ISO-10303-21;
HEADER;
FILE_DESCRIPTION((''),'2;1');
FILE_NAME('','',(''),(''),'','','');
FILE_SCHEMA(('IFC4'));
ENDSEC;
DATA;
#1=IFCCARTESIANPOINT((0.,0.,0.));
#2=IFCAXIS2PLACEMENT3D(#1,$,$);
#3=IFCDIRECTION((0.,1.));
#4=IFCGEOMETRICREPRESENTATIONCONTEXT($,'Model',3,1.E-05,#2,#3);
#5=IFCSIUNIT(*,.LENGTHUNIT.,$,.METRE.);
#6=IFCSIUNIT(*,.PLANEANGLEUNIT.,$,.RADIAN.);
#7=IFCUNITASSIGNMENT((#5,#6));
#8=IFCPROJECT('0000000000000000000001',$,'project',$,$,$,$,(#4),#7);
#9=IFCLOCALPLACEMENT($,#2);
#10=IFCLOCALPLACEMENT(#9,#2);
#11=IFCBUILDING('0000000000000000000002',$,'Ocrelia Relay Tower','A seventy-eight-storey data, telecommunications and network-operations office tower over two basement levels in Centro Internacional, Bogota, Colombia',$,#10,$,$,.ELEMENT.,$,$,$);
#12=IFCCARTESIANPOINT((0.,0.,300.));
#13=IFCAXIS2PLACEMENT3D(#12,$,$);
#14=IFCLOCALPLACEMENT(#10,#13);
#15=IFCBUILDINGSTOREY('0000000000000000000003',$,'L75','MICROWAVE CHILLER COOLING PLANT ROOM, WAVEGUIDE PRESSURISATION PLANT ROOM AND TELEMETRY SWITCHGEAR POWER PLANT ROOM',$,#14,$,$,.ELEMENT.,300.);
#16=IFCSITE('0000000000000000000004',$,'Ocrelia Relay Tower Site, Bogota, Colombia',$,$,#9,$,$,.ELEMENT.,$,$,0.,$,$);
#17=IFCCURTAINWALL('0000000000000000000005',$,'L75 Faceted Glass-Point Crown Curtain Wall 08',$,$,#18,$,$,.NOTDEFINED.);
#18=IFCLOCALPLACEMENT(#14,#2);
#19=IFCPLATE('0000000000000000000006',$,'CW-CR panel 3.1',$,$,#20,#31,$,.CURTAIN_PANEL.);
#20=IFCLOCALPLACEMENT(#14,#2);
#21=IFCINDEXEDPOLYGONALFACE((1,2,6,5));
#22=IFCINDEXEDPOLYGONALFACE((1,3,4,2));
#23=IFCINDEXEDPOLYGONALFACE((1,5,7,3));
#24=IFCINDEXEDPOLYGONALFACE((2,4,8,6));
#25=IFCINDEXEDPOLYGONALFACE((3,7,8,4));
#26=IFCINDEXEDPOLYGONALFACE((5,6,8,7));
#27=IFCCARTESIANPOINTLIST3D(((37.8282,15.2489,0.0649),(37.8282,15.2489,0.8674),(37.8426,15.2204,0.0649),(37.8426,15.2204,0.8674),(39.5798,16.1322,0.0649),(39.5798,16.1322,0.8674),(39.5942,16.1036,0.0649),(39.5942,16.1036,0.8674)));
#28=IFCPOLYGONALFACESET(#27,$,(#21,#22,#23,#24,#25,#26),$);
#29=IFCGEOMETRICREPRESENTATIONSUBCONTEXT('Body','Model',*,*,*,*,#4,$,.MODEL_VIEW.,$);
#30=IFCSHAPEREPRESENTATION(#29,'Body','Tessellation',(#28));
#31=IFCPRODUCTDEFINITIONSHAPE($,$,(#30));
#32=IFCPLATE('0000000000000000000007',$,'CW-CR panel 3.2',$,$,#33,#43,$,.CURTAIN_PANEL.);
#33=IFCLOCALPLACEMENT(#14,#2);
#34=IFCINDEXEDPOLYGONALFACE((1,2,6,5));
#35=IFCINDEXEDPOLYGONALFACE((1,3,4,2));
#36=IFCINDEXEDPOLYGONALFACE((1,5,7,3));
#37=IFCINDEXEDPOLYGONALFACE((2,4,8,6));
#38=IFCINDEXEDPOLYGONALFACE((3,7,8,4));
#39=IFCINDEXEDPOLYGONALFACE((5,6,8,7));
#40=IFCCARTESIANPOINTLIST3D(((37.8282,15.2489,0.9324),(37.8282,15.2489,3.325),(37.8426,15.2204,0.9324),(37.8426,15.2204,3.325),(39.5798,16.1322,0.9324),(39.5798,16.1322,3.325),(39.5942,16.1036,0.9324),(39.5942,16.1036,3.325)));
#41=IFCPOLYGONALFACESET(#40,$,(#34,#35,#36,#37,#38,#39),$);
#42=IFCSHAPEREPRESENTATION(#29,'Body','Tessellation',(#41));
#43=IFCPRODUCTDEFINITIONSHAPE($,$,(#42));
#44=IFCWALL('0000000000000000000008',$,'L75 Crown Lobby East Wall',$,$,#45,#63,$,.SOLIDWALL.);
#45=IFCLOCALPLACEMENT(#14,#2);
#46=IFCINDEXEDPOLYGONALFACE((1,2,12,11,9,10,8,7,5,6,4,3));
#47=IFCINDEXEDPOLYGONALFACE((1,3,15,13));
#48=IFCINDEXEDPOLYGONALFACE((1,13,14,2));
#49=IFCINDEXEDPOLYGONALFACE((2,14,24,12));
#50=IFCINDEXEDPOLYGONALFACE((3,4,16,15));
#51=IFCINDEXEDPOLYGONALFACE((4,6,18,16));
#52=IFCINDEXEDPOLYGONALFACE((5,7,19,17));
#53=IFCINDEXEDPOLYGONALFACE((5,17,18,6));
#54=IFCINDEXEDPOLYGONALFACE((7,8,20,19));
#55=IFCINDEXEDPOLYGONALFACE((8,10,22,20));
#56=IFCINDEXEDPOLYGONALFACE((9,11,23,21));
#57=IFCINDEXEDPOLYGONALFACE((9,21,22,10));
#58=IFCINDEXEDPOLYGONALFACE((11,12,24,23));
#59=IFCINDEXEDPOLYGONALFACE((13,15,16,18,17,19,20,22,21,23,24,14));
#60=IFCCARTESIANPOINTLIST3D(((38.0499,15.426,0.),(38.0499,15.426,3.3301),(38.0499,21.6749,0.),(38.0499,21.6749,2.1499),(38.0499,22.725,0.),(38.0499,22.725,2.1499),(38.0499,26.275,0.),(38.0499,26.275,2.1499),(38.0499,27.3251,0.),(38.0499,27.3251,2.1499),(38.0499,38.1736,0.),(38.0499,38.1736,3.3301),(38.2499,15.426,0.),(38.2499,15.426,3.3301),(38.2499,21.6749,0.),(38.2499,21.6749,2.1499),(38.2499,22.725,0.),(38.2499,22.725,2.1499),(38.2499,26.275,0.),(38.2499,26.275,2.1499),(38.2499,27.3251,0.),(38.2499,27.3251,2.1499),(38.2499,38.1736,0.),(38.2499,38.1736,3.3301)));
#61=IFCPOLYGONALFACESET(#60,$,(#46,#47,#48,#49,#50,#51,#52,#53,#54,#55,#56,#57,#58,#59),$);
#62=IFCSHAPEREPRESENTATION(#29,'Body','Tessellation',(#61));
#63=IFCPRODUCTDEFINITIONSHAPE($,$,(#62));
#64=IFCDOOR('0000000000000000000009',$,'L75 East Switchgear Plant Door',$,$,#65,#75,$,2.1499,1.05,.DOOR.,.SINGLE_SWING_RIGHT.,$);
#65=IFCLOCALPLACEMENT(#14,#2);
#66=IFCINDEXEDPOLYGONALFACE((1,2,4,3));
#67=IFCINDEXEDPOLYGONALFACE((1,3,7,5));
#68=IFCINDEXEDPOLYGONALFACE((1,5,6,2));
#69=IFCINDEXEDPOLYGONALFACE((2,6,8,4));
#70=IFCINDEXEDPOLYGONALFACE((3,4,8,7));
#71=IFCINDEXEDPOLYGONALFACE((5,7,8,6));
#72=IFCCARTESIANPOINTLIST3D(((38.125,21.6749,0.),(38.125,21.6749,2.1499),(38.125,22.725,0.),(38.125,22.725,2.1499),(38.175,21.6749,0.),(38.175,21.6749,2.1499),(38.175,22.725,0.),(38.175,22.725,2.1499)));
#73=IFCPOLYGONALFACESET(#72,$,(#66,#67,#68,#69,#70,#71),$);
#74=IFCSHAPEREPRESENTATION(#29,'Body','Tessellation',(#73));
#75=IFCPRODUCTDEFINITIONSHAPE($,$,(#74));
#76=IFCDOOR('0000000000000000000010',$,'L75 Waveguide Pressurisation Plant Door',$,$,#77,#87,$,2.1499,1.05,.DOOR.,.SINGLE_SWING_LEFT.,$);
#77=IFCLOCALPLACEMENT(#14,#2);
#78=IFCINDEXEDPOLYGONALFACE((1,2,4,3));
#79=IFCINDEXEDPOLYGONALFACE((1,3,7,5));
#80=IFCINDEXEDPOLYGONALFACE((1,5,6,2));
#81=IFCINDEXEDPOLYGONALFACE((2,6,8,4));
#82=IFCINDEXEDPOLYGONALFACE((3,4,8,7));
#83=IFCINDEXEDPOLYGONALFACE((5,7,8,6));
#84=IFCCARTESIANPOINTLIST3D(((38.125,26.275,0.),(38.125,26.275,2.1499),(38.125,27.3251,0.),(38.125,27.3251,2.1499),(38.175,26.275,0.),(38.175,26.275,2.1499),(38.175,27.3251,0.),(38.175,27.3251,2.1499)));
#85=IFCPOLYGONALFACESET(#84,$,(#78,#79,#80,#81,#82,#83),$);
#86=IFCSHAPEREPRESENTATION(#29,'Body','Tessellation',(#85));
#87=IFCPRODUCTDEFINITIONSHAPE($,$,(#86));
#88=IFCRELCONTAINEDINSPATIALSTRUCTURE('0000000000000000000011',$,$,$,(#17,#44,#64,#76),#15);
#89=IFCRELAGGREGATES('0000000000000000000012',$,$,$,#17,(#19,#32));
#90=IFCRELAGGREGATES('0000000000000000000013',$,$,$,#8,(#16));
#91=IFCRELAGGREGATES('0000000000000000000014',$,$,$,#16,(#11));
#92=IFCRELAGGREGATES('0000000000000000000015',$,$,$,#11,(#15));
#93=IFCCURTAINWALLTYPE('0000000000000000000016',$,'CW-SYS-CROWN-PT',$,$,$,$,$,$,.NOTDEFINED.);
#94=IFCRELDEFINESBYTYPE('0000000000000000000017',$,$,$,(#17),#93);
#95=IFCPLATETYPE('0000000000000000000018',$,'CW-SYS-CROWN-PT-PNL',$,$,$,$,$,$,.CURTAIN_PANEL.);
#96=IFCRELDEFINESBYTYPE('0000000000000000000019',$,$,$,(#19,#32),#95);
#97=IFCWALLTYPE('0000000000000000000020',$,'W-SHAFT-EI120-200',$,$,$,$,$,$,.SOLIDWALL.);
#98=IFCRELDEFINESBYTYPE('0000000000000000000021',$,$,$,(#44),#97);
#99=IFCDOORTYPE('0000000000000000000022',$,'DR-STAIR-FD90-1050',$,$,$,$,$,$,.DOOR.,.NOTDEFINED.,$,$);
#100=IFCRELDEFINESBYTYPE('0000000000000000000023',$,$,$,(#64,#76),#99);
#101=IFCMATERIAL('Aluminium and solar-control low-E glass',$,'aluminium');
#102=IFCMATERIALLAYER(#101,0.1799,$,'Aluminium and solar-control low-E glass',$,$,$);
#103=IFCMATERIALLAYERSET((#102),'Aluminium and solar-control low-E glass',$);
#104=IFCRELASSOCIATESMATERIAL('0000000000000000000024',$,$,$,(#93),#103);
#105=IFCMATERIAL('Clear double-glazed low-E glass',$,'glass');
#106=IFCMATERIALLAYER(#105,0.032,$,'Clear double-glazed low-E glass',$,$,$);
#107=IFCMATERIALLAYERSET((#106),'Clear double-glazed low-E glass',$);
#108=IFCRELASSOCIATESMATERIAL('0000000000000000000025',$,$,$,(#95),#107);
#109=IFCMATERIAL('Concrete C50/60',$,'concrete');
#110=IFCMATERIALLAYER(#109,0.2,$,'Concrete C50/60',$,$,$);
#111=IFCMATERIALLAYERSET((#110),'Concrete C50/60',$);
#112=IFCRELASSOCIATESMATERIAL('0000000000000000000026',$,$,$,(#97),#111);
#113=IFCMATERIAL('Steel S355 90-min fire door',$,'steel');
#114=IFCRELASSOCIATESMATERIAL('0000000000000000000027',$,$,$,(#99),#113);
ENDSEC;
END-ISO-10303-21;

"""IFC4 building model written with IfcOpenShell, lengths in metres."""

from ifc_helpers import new_model, si_unit, direction, frame, frame_2d, origin, origin_2d, place, context, subcontext, project, spatial, rectangle, extrude, material, layer, layer_set, type_object, element, fill, aggregate, save


model = new_model("IFC4")

# Units and contexts
model_context = context("Model", 3, precision=1e-05, world=origin(), true_north=direction((0.0, 1.0)))
body_context = subcontext(model_context, "Body", "Model", "MODEL_VIEW")
ifc_project = project(units=[si_unit("LENGTHUNIT", "METRE"), si_unit("PLANEANGLEUNIT", "RADIAN")], contexts=[model_context])

# Site, building, storey
site_placement = place(None, origin())
site = spatial("IfcSite", under=ifc_project, at=site_placement, Name="Ocrelia Relay Tower Site, Bogota, Colombia", CompositionType="ELEMENT", RefElevation=0.0)
building_placement = place(site_placement, origin())
building = spatial("IfcBuilding", under=site, at=building_placement, Name="Ocrelia Relay Tower", Description="A seventy-eight-storey data, telecommunications and network-operations office tower over two basement levels in Centro Internacional, Bogota, Colombia", CompositionType="ELEMENT")
storey_placement = place(building_placement, frame((0.0, 0.0, 300.0)))
storey = spatial("IfcBuildingStorey", under=building, at=storey_placement, Name="L75", Description="MICROWAVE CHILLER COOLING PLANT ROOM, WAVEGUIDE PRESSURISATION PLANT ROOM AND TELEMETRY SWITCHGEAR POWER PLANT ROOM", CompositionType="ELEMENT", Elevation=300.0)

# Shared definitions
ifc_material_1 = material(Name="Aluminium and solar-control low-E glass", Category="aluminium")
ifc_layer_1 = layer(ifc_material_1, 0.1799, Name="Aluminium and solar-control low-E glass")
ifc_layer_set_1 = layer_set([ifc_layer_1], Name="Aluminium and solar-control low-E glass")
curtain_wall_type = type_object("IfcCurtainWallType", Name="CW-SYS-CROWN-PT", PredefinedType="NOTDEFINED", material=ifc_layer_set_1)

# Curtain wall
curtain_wall_1_placement = place(storey_placement, origin())
curtain_wall_1 = element("IfcCurtainWall", 1, at=curtain_wall_1_placement, inside=storey, type_object=curtain_wall_type, Name="L75 Faceted Glass-Point Crown Curtain Wall 08", PredefinedType="NOTDEFINED")

# Plates
ifc_material_2 = material(Name="Clear double-glazed low-E glass", Category="glass")
ifc_layer_2 = layer(ifc_material_2, 0.032, Name="Clear double-glazed low-E glass")
ifc_layer_set_2 = layer_set([ifc_layer_2], Name="Clear double-glazed low-E glass")
plate_type = type_object("IfcPlateType", Name="CW-SYS-CROWN-PT-PNL", PredefinedType="CURTAIN_PANEL", material=ifc_layer_set_2)
plate_1_placement = place(storey_placement, frame((38.7112, 15.6763, 0.0649), z_axis=(0.0, 0.0, 1.0), x_axis=(0.892911, 0.450232, 0.0)))
plate_1 = element("IfcPlate", 2, at=plate_1_placement, type_object=plate_type, Name="CW-CR panel 3.1", PredefinedType="CURTAIN_PANEL", context=body_context, shape_type="SweptSolid", body=[
    extrude(rectangle(XDim=1.9617, YDim=0.032, at=origin_2d()), origin(), (0.0, 0.0, 1.0), 0.8025),
])
plate_2_placement = place(storey_placement, frame((38.7112, 15.6763, 0.9324), z_axis=(0.0, 0.0, 1.0), x_axis=(0.892911, 0.450232, 0.0)))
plate_2 = element("IfcPlate", 3, at=plate_2_placement, type_object=plate_type, Name="CW-CR panel 3.2", PredefinedType="CURTAIN_PANEL", context=body_context, shape_type="SweptSolid", body=[
    extrude(rectangle(XDim=1.9617, YDim=0.032, at=origin_2d()), origin(), (0.0, 0.0, 1.0), 2.3926),
])
aggregate(curtain_wall_1, [plate_1, plate_2])

# Wall, openings, doors
ifc_material_3 = material(Name="Concrete C50/60", Category="concrete")
ifc_layer_3 = layer(ifc_material_3, 0.2, Name="Concrete C50/60")
ifc_layer_set_3 = layer_set([ifc_layer_3], Name="Concrete C50/60")
wall_type = type_object("IfcWallType", Name="W-SHAFT-EI120-200", PredefinedType="SOLIDWALL", material=ifc_layer_set_3)
wall_placement = place(storey_placement, frame((38.1499, 15.426, 0.0), z_axis=(0.0, 0.0, 1.0), x_axis=(0.0, 1.0, 0.0)))
wall = element("IfcWall", 4, at=wall_placement, inside=storey, type_object=wall_type, Name="L75 Crown Lobby East Wall", PredefinedType="SOLIDWALL", context=body_context, shape_type="SweptSolid", body=[
    extrude(rectangle(XDim=22.7476, YDim=0.2, at=frame_2d((11.3738, 0.0))), origin(), (0.0, 0.0, 1.0), 3.3301),
])
opening_1_placement = place(wall_placement, frame((6.249, 0.0, 0.0)))
opening_1 = element("IfcOpeningElement", 5, at=opening_1_placement, cuts=wall, PredefinedType="OPENING", context=body_context, shape_type="SweptSolid", body=[
    extrude(rectangle(XDim=1.05, YDim=2.1499, at=frame_2d((0.5249, 1.075))), frame((0.0, 0.1099, 0.0), z_axis=(0.0, -1.0, 0.0), x_axis=(1.0, 0.0, 0.0)), (0.0, 0.0, 1.0), 0.22),
])
opening_2_placement = place(wall_placement, frame((10.8491, 0.0, 0.0)))
opening_2 = element("IfcOpeningElement", 6, at=opening_2_placement, cuts=wall, PredefinedType="OPENING", context=body_context, shape_type="SweptSolid", body=[
    extrude(rectangle(XDim=1.05, YDim=2.1499, at=frame_2d((0.5249, 1.075))), frame((0.0, 0.1099, 0.0), z_axis=(0.0, -1.0, 0.0), x_axis=(1.0, 0.0, 0.0)), (0.0, 0.0, 1.0), 0.22),
])
ifc_material_4 = material(Name="Steel S355 90-min fire door", Category="steel")
door_type = type_object("IfcDoorType", Name="DR-STAIR-FD90-1050", OperationType="NOTDEFINED", PredefinedType="DOOR", material=ifc_material_4)
door_1_placement = place(opening_1_placement, origin())
door_1 = element("IfcDoor", 7, at=door_1_placement, inside=storey, type_object=door_type, Name="L75 East Switchgear Plant Door", OperationType="SINGLE_SWING_RIGHT", OverallHeight=2.1499, OverallWidth=1.05, PredefinedType="DOOR", context=body_context, shape_type="SweptSolid", body=[
    extrude(rectangle(XDim=1.05, YDim=2.1499, at=frame_2d((0.5249, 1.075))), frame((0.0, 0.0249, 0.0), z_axis=(0.0, -1.0, 0.0), x_axis=(1.0, 0.0, 0.0)), (0.0, 0.0, 1.0), 0.05),
])
fill(opening_1, door_1)
door_2_placement = place(opening_2_placement, origin())
door_2 = element("IfcDoor", 8, at=door_2_placement, inside=storey, type_object=door_type, Name="L75 Waveguide Pressurisation Plant Door", OperationType="SINGLE_SWING_LEFT", OverallHeight=2.1499, OverallWidth=1.05, PredefinedType="DOOR", context=body_context, shape_type="SweptSolid", body=[
    extrude(rectangle(XDim=1.05, YDim=2.1499, at=frame_2d((0.5249, 1.075))), frame((0.0, 0.0249, 0.0), z_axis=(0.0, -1.0, 0.0), x_axis=(1.0, 0.0, 0.0)), (0.0, 0.0, 1.0), 0.05),
])
fill(opening_2, door_2)

save(model, "model.ifc")
